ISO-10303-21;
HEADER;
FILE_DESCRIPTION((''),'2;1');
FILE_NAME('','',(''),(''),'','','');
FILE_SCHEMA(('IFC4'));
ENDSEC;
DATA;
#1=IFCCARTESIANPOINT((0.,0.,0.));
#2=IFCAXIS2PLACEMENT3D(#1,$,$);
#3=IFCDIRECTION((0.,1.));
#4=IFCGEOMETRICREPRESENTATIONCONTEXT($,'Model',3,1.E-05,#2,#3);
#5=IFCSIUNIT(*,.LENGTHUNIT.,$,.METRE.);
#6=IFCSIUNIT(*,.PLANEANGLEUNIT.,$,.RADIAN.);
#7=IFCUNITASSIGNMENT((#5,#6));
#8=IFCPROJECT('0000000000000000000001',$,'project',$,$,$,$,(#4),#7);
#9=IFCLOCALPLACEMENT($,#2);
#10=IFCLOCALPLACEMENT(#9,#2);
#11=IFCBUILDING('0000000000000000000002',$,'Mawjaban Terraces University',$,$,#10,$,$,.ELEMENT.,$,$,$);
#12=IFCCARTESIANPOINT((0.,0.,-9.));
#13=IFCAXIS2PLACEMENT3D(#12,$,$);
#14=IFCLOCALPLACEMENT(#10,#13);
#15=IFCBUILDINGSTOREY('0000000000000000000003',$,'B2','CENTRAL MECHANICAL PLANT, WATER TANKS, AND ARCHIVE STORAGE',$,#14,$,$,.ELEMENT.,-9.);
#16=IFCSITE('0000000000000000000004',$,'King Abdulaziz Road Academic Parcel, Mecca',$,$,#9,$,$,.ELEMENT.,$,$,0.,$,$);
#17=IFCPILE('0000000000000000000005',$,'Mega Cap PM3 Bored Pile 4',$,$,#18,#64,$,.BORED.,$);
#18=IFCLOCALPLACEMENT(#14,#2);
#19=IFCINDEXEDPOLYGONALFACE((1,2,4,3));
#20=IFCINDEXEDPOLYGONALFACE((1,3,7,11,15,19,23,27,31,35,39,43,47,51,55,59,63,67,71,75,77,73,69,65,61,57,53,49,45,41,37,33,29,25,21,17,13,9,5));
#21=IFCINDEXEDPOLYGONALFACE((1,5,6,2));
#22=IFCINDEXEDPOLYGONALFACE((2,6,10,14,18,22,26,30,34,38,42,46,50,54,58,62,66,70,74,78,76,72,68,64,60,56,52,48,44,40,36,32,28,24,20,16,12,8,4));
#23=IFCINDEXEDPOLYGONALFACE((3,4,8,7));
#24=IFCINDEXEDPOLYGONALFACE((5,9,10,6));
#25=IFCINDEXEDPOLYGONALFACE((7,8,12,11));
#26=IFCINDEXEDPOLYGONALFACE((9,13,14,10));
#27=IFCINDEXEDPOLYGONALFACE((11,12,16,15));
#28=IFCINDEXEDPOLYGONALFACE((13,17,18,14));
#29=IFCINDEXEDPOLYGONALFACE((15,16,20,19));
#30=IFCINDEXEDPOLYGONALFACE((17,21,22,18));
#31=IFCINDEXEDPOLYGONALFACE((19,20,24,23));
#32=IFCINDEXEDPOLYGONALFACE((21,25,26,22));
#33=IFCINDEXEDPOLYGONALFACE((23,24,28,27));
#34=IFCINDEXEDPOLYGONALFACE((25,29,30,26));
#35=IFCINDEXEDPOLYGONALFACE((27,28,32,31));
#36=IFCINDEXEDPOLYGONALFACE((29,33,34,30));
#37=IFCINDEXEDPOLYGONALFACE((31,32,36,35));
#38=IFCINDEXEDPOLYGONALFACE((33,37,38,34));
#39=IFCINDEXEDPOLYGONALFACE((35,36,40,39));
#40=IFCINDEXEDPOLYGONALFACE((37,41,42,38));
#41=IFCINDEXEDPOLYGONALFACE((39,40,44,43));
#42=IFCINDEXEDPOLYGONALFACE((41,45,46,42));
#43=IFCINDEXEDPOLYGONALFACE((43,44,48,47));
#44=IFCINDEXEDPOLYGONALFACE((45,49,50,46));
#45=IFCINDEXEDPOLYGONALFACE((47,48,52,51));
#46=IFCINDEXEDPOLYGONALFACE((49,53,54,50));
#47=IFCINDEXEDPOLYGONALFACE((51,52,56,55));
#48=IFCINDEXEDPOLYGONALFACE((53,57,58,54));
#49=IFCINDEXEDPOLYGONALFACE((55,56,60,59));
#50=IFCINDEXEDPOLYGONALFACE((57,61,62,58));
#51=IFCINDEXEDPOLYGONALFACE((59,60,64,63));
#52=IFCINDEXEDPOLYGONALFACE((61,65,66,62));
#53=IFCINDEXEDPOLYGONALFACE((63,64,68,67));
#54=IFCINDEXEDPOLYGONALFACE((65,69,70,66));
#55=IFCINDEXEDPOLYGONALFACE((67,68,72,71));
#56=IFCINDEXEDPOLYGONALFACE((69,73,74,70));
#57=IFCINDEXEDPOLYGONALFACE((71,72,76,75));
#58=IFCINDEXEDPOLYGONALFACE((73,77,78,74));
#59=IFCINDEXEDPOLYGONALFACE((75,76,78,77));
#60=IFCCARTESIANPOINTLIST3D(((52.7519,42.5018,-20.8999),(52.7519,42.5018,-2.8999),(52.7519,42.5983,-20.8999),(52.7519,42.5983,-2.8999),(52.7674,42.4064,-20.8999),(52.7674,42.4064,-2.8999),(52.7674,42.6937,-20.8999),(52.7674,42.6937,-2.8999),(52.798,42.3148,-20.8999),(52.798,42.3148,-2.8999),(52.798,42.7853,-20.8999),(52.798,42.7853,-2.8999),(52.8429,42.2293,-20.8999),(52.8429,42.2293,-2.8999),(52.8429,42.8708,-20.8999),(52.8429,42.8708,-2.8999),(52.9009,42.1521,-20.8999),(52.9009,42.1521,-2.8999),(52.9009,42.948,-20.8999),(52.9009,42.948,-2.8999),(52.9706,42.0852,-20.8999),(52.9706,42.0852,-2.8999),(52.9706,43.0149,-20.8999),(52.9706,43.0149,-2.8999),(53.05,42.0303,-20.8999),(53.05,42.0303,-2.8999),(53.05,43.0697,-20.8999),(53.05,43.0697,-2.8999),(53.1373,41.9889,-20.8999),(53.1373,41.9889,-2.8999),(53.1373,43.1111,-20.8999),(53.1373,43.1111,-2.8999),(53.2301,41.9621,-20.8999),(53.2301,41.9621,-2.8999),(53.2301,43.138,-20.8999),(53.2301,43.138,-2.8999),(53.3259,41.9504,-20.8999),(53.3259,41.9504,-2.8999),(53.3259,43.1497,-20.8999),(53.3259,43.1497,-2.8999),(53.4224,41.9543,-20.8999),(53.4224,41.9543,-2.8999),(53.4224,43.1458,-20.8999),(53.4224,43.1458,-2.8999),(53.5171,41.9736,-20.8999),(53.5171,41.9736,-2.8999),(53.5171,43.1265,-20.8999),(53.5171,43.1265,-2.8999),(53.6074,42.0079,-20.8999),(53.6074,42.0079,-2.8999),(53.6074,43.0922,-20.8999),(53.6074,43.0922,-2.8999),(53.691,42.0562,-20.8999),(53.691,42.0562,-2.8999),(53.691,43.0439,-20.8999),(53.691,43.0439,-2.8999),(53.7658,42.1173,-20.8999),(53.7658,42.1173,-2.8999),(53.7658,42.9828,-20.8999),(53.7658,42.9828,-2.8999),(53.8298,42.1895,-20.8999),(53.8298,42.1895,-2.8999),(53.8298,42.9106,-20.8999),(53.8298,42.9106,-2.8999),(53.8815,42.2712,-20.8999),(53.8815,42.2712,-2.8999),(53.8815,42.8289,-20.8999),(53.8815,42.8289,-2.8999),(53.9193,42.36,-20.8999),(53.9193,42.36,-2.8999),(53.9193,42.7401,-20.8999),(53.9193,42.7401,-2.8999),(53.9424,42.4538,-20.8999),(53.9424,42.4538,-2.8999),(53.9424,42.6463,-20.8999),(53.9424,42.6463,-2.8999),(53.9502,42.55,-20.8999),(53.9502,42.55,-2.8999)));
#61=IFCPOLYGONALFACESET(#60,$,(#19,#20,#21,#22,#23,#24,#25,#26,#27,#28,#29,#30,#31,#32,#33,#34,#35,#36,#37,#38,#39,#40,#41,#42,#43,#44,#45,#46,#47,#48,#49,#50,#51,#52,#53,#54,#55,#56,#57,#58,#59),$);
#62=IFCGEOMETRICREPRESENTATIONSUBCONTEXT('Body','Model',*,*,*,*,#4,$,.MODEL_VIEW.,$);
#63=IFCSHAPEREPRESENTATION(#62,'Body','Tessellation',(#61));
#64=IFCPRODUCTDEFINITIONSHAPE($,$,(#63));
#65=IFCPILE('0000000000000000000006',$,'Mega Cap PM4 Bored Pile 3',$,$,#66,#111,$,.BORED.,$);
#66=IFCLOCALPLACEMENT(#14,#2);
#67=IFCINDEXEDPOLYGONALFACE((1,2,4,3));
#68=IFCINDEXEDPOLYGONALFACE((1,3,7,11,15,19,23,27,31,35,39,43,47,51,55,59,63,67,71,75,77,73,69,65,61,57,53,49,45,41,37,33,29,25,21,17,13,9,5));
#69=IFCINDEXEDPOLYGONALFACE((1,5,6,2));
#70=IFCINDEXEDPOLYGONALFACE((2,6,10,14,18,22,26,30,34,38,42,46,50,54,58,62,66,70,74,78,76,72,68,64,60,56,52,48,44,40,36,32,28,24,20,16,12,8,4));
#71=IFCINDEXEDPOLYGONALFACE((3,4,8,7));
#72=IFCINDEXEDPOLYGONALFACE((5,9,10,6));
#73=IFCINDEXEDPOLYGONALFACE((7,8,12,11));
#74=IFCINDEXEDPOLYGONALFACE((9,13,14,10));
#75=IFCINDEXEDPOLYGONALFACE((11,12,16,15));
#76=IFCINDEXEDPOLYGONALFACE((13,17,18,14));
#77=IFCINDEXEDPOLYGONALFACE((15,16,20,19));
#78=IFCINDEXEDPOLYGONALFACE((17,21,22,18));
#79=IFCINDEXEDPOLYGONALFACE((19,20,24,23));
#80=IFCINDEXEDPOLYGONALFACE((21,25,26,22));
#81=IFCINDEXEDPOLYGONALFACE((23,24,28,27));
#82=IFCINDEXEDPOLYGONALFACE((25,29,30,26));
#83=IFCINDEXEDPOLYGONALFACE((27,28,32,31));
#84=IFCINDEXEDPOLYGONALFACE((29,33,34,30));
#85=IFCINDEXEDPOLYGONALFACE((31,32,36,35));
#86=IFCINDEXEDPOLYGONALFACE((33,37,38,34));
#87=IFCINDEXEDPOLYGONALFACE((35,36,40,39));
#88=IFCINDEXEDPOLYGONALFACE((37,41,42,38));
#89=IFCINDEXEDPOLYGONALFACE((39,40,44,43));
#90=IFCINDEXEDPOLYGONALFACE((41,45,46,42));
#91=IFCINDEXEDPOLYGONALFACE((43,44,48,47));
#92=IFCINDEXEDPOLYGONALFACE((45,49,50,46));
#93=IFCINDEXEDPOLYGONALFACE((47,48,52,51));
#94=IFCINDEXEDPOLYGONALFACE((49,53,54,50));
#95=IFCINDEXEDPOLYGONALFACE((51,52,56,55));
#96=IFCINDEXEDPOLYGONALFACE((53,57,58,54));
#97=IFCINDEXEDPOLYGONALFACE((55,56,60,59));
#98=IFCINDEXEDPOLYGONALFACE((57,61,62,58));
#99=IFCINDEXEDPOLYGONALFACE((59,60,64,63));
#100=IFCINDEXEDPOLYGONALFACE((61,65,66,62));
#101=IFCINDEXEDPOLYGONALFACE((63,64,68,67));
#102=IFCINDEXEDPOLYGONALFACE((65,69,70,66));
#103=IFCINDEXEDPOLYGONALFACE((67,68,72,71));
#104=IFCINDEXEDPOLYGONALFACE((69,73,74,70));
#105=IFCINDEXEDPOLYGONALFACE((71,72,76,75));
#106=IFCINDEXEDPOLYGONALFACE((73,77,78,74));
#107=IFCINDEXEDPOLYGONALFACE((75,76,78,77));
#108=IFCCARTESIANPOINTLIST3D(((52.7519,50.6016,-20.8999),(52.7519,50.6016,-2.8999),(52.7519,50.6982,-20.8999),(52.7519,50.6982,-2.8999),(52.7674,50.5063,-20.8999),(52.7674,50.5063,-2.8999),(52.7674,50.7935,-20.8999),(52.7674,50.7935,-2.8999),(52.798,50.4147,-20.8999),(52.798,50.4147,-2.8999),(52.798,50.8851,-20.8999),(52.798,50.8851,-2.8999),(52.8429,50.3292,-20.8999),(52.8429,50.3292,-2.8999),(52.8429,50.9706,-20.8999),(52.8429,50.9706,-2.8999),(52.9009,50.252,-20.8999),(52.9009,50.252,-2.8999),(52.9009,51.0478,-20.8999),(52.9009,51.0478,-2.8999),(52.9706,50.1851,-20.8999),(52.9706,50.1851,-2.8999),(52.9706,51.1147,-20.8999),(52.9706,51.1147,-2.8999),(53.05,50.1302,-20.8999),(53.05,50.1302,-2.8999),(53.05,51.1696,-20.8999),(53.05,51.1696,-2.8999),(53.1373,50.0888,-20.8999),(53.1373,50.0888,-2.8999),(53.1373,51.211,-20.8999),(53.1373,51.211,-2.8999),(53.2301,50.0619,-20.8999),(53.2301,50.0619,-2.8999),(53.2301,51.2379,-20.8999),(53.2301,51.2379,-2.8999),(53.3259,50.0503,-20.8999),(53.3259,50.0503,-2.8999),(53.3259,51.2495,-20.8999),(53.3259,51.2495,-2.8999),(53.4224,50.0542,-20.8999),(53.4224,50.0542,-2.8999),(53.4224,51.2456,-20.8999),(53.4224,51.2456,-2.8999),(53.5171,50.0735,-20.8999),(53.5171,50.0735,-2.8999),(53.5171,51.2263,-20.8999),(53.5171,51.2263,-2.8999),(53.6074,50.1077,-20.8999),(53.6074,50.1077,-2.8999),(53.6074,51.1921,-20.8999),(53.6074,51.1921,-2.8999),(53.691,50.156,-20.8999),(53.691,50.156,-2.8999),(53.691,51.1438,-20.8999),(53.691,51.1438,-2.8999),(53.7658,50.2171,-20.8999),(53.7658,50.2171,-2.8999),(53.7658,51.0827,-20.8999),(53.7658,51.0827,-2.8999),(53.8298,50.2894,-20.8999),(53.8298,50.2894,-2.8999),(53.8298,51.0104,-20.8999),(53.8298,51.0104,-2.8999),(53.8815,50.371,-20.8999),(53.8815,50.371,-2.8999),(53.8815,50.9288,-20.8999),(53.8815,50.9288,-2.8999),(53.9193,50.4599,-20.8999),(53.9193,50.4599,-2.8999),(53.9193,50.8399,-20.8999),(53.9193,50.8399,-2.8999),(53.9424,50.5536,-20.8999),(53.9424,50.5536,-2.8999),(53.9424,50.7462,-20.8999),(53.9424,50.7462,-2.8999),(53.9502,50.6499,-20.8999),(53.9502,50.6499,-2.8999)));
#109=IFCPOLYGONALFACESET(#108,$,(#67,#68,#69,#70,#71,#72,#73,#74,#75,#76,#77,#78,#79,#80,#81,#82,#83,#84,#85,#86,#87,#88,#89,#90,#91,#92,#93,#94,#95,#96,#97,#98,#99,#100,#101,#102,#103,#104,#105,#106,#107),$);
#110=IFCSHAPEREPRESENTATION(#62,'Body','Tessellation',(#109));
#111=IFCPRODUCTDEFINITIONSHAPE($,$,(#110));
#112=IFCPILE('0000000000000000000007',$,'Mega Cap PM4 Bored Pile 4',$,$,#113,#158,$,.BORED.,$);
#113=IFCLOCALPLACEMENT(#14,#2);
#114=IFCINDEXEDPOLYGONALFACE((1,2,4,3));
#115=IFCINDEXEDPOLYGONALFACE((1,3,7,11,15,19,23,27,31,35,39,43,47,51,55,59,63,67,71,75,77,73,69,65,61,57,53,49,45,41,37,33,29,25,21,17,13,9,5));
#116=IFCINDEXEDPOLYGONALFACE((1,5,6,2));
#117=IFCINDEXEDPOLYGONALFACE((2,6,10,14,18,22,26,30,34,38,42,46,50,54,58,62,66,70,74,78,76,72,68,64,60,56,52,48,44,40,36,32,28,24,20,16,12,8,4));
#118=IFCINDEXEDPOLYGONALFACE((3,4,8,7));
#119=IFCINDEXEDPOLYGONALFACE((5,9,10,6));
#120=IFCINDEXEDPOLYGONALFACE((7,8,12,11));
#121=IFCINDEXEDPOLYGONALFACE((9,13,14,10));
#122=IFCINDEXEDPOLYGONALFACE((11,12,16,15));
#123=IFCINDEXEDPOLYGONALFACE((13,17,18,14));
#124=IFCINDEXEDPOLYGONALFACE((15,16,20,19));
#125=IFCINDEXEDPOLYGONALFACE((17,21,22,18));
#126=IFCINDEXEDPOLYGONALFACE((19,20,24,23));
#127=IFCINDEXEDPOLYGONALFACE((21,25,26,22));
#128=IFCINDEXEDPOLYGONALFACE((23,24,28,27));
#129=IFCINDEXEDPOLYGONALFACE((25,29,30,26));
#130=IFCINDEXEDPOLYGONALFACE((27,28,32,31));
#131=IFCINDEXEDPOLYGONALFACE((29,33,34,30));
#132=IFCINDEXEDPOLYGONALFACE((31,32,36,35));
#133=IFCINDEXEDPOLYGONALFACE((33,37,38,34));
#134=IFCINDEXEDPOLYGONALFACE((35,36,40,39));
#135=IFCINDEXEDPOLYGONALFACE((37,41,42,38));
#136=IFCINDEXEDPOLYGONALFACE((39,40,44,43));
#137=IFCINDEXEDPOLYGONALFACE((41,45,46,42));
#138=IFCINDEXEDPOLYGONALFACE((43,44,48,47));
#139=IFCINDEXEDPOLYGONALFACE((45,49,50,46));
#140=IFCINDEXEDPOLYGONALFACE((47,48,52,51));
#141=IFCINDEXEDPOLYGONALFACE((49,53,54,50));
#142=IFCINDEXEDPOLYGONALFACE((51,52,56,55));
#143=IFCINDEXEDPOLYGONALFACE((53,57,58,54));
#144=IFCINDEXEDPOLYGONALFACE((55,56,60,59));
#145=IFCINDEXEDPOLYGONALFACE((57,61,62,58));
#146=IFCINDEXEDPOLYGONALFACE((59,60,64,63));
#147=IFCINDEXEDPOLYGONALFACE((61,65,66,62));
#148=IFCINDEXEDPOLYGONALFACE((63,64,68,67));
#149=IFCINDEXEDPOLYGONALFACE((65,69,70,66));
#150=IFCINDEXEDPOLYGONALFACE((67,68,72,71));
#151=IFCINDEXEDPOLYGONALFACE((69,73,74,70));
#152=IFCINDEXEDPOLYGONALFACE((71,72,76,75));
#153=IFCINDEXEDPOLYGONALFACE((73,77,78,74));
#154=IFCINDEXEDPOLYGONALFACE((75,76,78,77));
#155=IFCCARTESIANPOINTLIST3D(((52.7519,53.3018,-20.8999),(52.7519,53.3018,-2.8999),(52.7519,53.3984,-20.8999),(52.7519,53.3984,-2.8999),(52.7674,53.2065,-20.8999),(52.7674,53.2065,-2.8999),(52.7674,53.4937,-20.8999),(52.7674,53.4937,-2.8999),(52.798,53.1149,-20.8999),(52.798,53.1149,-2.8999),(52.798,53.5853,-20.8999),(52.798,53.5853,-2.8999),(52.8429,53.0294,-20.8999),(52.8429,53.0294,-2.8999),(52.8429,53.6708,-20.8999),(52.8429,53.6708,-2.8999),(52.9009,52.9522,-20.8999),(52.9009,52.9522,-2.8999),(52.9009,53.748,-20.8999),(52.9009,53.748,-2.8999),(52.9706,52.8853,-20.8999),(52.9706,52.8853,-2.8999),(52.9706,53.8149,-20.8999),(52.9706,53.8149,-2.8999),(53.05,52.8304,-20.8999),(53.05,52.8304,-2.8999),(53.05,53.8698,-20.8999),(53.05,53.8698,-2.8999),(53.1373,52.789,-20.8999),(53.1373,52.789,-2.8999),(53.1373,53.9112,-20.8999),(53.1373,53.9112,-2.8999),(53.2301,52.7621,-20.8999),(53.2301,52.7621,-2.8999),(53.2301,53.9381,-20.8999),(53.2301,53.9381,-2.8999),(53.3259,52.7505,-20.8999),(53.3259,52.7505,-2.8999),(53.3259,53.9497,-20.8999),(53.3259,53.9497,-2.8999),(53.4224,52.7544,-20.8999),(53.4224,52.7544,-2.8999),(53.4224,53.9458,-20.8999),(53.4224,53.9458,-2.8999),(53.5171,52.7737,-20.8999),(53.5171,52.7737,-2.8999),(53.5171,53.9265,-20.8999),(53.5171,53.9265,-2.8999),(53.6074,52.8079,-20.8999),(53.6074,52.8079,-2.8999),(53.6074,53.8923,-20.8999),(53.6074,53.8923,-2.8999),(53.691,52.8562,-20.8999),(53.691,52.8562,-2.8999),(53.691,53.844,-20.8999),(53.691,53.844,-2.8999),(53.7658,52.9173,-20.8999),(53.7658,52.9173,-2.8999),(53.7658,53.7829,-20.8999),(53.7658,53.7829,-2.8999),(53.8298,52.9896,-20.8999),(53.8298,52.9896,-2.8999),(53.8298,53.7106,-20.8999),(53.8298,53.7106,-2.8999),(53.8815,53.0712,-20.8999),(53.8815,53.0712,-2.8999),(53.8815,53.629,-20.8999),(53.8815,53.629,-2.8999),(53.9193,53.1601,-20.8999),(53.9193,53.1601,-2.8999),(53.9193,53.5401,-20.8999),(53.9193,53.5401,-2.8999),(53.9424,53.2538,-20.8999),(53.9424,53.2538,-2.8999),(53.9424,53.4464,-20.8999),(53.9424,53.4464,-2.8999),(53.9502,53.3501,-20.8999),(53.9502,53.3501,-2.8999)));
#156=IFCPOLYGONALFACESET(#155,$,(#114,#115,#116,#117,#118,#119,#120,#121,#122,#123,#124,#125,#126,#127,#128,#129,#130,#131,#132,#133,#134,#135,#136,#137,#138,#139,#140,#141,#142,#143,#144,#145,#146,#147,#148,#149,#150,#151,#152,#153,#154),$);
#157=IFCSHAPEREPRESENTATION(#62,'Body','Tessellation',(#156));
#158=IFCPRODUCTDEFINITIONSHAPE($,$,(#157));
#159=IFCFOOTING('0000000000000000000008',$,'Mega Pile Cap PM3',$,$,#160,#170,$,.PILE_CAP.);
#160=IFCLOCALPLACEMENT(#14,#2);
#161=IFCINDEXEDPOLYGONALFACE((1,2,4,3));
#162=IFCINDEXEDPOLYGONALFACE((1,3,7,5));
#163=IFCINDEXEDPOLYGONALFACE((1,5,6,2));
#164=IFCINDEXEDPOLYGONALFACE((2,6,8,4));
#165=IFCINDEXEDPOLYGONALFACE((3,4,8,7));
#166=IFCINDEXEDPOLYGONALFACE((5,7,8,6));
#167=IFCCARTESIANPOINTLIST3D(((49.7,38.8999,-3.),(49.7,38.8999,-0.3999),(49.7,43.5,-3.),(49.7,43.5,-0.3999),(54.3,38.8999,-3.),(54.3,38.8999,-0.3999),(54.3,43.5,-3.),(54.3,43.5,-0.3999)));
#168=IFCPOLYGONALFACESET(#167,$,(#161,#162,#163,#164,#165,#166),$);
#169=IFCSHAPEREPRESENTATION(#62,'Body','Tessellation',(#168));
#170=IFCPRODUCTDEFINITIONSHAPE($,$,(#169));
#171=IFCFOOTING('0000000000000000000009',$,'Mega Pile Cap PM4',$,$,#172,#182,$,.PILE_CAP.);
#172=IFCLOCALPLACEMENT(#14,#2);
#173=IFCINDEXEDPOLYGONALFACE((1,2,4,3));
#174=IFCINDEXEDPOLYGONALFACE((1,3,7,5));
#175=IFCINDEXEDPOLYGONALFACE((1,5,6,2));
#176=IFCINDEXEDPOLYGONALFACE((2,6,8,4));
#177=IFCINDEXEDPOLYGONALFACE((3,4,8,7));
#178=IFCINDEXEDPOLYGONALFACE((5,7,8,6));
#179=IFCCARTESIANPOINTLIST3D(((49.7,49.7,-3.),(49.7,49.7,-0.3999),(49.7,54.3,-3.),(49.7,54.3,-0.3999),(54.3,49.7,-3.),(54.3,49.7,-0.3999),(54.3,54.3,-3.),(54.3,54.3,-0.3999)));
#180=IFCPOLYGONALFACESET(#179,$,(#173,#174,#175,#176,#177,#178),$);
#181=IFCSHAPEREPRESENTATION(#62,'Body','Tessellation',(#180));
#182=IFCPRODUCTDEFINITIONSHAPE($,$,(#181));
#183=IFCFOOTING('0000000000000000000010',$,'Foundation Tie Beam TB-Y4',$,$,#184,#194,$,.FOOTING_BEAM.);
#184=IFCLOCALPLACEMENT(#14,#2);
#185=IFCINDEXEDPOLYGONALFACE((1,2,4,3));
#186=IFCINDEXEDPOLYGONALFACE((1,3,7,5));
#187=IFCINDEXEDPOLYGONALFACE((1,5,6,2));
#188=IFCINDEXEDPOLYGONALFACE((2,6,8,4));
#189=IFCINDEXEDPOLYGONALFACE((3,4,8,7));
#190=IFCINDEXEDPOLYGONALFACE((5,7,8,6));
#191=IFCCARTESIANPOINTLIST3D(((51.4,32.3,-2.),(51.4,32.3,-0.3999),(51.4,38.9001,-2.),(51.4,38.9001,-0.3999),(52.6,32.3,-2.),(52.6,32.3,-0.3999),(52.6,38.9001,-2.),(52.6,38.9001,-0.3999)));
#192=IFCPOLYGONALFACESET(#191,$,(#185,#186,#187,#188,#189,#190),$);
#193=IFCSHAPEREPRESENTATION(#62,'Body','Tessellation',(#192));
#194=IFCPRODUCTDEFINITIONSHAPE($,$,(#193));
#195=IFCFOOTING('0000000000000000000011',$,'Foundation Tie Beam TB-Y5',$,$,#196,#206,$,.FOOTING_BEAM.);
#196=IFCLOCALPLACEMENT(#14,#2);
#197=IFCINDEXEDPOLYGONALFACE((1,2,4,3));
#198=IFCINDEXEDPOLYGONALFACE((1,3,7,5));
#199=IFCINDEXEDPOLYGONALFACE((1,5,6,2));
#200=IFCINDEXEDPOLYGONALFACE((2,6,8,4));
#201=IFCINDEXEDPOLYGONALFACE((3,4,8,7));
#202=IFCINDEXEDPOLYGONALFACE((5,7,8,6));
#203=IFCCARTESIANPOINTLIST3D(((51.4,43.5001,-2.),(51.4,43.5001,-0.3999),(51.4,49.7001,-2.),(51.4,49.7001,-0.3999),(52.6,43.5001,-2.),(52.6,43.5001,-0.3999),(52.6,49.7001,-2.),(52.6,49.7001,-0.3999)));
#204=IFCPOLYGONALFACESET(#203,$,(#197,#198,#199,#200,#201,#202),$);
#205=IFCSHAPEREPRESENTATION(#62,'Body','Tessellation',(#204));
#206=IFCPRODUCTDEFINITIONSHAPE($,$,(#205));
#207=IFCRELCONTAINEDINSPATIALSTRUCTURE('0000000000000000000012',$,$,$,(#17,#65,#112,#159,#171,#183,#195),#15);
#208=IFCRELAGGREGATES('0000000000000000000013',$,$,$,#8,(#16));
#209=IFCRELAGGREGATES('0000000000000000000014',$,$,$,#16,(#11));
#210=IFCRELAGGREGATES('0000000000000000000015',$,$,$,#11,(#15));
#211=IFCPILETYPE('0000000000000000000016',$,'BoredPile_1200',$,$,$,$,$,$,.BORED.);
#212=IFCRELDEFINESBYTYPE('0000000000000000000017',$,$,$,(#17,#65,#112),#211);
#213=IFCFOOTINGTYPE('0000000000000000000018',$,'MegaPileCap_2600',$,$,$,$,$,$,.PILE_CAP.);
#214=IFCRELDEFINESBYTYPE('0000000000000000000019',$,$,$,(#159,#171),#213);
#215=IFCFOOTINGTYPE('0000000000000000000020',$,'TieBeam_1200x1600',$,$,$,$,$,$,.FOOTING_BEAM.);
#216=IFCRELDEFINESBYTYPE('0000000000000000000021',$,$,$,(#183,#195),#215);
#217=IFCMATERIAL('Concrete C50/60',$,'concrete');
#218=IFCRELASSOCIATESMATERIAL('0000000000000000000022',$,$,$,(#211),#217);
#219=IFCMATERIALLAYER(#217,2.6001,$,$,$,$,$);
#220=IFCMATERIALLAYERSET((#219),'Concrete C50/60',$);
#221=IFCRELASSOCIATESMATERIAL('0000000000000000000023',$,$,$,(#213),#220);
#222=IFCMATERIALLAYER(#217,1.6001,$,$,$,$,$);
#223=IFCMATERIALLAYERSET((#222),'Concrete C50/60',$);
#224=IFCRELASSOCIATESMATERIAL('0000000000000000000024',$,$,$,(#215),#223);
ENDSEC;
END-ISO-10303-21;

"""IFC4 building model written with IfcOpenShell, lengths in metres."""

from ifc_helpers import new_model, si_unit, direction, frame, origin, origin_2d, place, context, subcontext, project, spatial, rectangle, circle, extrude, material, layer, layer_set, material_profile, profile_set, type_object, element, save


model = new_model("IFC4")

# Units and contexts
model_context = context("Model", 3, precision=1e-05, world=origin(), true_north=direction((0.0, 1.0)))
body_context = subcontext(model_context, "Body", "Model", "MODEL_VIEW")
ifc_project = project(units=[si_unit("LENGTHUNIT", "METRE"), si_unit("PLANEANGLEUNIT", "RADIAN")], contexts=[model_context])

# Site, building, storey
site_placement = place(None, origin())
site = spatial("IfcSite", under=ifc_project, at=site_placement, Name="King Abdulaziz Road Academic Parcel, Mecca", CompositionType="ELEMENT", RefElevation=0.0)
building_placement = place(site_placement, origin())
building = spatial("IfcBuilding", under=site, at=building_placement, Name="Mawjaban Terraces University", CompositionType="ELEMENT")
storey_placement = place(building_placement, frame((0.0, 0.0, -9.0)))
storey = spatial("IfcBuildingStorey", under=building, at=storey_placement, Name="B2", Description="CENTRAL MECHANICAL PLANT, WATER TANKS, AND ARCHIVE STORAGE", CompositionType="ELEMENT", Elevation=-9.0)

# Piles
ifc_material_1 = material(Name="Concrete C50/60", Category="concrete")
ifc_material_profile_1 = material_profile(ifc_material_1, circle(Radius=0.6001, at=origin_2d()), Name="PILE1200")
ifc_profile_set_1 = profile_set([ifc_material_profile_1], Name="Concrete C50/60")
pile_type = type_object("IfcPileType", Name="BoredPile_1200", PredefinedType="BORED", material=ifc_profile_set_1)
for number, where, z_axis, x_axis, name in (
    (1, (53.3501, 42.55, -2.8999), (0.0, 0.0, -1.0), (1.0, 0.0, 0.0), "Mega Cap PM3 Bored Pile 4"),
    (2, (53.3501, 50.6499, -2.8999), (0.0, 0.0, -1.0), (1.0, 0.0, 0.0), "Mega Cap PM4 Bored Pile 3"),
    (3, (53.3501, 53.3501, -2.8999), (0.0, 0.0, -1.0), (1.0, 0.0, 0.0), "Mega Cap PM4 Bored Pile 4"),
):
    element("IfcPile", number, at=place(storey_placement, frame(where, z_axis=z_axis, x_axis=x_axis)), inside=storey, type_object=pile_type, Name=name, PredefinedType="BORED", context=body_context, shape_type="SweptSolid", body=[
        extrude(circle(Radius=0.6001, at=origin_2d()), origin(), (0.0, 0.0, 1.0), 18.0),
    ])

# Footings
ifc_layer_1 = layer(ifc_material_1, 2.6001)
ifc_layer_set_1 = layer_set([ifc_layer_1], Name="Concrete C50/60")
footing_type_1 = type_object("IfcFootingType", Name="MegaPileCap_2600", PredefinedType="PILE_CAP", material=ifc_layer_set_1)
for number, where, z_axis, x_axis, name in (
    (4, (52.0, 41.2, -3.0), (0.0, 0.0, 1.0), (1.0, 0.0, 0.0), "Mega Pile Cap PM3"),
    (5, (52.0, 52.0, -3.0), (0.0, 0.0, 1.0), (1.0, 0.0, 0.0), "Mega Pile Cap PM4"),
):
    element("IfcFooting", number, at=place(storey_placement, frame(where, z_axis=z_axis, x_axis=x_axis)), inside=storey, type_object=footing_type_1, Name=name, PredefinedType="PILE_CAP", context=body_context, shape_type="SweptSolid", body=[
        extrude(rectangle(XDim=4.6001, YDim=4.6001, at=origin_2d()), origin(), (0.0, 0.0, 1.0), 2.6001),
    ])
ifc_layer_2 = layer(ifc_material_1, 1.6001)
ifc_layer_set_2 = layer_set([ifc_layer_2], Name="Concrete C50/60")
footing_type_2 = type_object("IfcFootingType", Name="TieBeam_1200x1600", PredefinedType="FOOTING_BEAM", material=ifc_layer_set_2)
footing_1_placement = place(storey_placement, frame((52.0, 35.6001, -2.0), z_axis=(0.0, 0.0, 1.0), x_axis=(1.0, 0.0, 0.0)))
element("IfcFooting", 6, at=footing_1_placement, inside=storey, type_object=footing_type_2, Name="Foundation Tie Beam TB-Y4", PredefinedType="FOOTING_BEAM", context=body_context, shape_type="SweptSolid", body=[
    extrude(rectangle(XDim=1.2, YDim=6.6001, at=origin_2d()), origin(), (0.0, 0.0, 1.0), 1.6001),
])
footing_2_placement = place(storey_placement, frame((52.0, 46.6001, -2.0), z_axis=(0.0, 0.0, 1.0), x_axis=(1.0, 0.0, 0.0)))
element("IfcFooting", 7, at=footing_2_placement, inside=storey, type_object=footing_type_2, Name="Foundation Tie Beam TB-Y5", PredefinedType="FOOTING_BEAM", context=body_context, shape_type="SweptSolid", body=[
    extrude(rectangle(XDim=1.2, YDim=6.2, at=origin_2d()), origin(), (0.0, 0.0, 1.0), 1.6001),
])

save(model, "model.ifc")
